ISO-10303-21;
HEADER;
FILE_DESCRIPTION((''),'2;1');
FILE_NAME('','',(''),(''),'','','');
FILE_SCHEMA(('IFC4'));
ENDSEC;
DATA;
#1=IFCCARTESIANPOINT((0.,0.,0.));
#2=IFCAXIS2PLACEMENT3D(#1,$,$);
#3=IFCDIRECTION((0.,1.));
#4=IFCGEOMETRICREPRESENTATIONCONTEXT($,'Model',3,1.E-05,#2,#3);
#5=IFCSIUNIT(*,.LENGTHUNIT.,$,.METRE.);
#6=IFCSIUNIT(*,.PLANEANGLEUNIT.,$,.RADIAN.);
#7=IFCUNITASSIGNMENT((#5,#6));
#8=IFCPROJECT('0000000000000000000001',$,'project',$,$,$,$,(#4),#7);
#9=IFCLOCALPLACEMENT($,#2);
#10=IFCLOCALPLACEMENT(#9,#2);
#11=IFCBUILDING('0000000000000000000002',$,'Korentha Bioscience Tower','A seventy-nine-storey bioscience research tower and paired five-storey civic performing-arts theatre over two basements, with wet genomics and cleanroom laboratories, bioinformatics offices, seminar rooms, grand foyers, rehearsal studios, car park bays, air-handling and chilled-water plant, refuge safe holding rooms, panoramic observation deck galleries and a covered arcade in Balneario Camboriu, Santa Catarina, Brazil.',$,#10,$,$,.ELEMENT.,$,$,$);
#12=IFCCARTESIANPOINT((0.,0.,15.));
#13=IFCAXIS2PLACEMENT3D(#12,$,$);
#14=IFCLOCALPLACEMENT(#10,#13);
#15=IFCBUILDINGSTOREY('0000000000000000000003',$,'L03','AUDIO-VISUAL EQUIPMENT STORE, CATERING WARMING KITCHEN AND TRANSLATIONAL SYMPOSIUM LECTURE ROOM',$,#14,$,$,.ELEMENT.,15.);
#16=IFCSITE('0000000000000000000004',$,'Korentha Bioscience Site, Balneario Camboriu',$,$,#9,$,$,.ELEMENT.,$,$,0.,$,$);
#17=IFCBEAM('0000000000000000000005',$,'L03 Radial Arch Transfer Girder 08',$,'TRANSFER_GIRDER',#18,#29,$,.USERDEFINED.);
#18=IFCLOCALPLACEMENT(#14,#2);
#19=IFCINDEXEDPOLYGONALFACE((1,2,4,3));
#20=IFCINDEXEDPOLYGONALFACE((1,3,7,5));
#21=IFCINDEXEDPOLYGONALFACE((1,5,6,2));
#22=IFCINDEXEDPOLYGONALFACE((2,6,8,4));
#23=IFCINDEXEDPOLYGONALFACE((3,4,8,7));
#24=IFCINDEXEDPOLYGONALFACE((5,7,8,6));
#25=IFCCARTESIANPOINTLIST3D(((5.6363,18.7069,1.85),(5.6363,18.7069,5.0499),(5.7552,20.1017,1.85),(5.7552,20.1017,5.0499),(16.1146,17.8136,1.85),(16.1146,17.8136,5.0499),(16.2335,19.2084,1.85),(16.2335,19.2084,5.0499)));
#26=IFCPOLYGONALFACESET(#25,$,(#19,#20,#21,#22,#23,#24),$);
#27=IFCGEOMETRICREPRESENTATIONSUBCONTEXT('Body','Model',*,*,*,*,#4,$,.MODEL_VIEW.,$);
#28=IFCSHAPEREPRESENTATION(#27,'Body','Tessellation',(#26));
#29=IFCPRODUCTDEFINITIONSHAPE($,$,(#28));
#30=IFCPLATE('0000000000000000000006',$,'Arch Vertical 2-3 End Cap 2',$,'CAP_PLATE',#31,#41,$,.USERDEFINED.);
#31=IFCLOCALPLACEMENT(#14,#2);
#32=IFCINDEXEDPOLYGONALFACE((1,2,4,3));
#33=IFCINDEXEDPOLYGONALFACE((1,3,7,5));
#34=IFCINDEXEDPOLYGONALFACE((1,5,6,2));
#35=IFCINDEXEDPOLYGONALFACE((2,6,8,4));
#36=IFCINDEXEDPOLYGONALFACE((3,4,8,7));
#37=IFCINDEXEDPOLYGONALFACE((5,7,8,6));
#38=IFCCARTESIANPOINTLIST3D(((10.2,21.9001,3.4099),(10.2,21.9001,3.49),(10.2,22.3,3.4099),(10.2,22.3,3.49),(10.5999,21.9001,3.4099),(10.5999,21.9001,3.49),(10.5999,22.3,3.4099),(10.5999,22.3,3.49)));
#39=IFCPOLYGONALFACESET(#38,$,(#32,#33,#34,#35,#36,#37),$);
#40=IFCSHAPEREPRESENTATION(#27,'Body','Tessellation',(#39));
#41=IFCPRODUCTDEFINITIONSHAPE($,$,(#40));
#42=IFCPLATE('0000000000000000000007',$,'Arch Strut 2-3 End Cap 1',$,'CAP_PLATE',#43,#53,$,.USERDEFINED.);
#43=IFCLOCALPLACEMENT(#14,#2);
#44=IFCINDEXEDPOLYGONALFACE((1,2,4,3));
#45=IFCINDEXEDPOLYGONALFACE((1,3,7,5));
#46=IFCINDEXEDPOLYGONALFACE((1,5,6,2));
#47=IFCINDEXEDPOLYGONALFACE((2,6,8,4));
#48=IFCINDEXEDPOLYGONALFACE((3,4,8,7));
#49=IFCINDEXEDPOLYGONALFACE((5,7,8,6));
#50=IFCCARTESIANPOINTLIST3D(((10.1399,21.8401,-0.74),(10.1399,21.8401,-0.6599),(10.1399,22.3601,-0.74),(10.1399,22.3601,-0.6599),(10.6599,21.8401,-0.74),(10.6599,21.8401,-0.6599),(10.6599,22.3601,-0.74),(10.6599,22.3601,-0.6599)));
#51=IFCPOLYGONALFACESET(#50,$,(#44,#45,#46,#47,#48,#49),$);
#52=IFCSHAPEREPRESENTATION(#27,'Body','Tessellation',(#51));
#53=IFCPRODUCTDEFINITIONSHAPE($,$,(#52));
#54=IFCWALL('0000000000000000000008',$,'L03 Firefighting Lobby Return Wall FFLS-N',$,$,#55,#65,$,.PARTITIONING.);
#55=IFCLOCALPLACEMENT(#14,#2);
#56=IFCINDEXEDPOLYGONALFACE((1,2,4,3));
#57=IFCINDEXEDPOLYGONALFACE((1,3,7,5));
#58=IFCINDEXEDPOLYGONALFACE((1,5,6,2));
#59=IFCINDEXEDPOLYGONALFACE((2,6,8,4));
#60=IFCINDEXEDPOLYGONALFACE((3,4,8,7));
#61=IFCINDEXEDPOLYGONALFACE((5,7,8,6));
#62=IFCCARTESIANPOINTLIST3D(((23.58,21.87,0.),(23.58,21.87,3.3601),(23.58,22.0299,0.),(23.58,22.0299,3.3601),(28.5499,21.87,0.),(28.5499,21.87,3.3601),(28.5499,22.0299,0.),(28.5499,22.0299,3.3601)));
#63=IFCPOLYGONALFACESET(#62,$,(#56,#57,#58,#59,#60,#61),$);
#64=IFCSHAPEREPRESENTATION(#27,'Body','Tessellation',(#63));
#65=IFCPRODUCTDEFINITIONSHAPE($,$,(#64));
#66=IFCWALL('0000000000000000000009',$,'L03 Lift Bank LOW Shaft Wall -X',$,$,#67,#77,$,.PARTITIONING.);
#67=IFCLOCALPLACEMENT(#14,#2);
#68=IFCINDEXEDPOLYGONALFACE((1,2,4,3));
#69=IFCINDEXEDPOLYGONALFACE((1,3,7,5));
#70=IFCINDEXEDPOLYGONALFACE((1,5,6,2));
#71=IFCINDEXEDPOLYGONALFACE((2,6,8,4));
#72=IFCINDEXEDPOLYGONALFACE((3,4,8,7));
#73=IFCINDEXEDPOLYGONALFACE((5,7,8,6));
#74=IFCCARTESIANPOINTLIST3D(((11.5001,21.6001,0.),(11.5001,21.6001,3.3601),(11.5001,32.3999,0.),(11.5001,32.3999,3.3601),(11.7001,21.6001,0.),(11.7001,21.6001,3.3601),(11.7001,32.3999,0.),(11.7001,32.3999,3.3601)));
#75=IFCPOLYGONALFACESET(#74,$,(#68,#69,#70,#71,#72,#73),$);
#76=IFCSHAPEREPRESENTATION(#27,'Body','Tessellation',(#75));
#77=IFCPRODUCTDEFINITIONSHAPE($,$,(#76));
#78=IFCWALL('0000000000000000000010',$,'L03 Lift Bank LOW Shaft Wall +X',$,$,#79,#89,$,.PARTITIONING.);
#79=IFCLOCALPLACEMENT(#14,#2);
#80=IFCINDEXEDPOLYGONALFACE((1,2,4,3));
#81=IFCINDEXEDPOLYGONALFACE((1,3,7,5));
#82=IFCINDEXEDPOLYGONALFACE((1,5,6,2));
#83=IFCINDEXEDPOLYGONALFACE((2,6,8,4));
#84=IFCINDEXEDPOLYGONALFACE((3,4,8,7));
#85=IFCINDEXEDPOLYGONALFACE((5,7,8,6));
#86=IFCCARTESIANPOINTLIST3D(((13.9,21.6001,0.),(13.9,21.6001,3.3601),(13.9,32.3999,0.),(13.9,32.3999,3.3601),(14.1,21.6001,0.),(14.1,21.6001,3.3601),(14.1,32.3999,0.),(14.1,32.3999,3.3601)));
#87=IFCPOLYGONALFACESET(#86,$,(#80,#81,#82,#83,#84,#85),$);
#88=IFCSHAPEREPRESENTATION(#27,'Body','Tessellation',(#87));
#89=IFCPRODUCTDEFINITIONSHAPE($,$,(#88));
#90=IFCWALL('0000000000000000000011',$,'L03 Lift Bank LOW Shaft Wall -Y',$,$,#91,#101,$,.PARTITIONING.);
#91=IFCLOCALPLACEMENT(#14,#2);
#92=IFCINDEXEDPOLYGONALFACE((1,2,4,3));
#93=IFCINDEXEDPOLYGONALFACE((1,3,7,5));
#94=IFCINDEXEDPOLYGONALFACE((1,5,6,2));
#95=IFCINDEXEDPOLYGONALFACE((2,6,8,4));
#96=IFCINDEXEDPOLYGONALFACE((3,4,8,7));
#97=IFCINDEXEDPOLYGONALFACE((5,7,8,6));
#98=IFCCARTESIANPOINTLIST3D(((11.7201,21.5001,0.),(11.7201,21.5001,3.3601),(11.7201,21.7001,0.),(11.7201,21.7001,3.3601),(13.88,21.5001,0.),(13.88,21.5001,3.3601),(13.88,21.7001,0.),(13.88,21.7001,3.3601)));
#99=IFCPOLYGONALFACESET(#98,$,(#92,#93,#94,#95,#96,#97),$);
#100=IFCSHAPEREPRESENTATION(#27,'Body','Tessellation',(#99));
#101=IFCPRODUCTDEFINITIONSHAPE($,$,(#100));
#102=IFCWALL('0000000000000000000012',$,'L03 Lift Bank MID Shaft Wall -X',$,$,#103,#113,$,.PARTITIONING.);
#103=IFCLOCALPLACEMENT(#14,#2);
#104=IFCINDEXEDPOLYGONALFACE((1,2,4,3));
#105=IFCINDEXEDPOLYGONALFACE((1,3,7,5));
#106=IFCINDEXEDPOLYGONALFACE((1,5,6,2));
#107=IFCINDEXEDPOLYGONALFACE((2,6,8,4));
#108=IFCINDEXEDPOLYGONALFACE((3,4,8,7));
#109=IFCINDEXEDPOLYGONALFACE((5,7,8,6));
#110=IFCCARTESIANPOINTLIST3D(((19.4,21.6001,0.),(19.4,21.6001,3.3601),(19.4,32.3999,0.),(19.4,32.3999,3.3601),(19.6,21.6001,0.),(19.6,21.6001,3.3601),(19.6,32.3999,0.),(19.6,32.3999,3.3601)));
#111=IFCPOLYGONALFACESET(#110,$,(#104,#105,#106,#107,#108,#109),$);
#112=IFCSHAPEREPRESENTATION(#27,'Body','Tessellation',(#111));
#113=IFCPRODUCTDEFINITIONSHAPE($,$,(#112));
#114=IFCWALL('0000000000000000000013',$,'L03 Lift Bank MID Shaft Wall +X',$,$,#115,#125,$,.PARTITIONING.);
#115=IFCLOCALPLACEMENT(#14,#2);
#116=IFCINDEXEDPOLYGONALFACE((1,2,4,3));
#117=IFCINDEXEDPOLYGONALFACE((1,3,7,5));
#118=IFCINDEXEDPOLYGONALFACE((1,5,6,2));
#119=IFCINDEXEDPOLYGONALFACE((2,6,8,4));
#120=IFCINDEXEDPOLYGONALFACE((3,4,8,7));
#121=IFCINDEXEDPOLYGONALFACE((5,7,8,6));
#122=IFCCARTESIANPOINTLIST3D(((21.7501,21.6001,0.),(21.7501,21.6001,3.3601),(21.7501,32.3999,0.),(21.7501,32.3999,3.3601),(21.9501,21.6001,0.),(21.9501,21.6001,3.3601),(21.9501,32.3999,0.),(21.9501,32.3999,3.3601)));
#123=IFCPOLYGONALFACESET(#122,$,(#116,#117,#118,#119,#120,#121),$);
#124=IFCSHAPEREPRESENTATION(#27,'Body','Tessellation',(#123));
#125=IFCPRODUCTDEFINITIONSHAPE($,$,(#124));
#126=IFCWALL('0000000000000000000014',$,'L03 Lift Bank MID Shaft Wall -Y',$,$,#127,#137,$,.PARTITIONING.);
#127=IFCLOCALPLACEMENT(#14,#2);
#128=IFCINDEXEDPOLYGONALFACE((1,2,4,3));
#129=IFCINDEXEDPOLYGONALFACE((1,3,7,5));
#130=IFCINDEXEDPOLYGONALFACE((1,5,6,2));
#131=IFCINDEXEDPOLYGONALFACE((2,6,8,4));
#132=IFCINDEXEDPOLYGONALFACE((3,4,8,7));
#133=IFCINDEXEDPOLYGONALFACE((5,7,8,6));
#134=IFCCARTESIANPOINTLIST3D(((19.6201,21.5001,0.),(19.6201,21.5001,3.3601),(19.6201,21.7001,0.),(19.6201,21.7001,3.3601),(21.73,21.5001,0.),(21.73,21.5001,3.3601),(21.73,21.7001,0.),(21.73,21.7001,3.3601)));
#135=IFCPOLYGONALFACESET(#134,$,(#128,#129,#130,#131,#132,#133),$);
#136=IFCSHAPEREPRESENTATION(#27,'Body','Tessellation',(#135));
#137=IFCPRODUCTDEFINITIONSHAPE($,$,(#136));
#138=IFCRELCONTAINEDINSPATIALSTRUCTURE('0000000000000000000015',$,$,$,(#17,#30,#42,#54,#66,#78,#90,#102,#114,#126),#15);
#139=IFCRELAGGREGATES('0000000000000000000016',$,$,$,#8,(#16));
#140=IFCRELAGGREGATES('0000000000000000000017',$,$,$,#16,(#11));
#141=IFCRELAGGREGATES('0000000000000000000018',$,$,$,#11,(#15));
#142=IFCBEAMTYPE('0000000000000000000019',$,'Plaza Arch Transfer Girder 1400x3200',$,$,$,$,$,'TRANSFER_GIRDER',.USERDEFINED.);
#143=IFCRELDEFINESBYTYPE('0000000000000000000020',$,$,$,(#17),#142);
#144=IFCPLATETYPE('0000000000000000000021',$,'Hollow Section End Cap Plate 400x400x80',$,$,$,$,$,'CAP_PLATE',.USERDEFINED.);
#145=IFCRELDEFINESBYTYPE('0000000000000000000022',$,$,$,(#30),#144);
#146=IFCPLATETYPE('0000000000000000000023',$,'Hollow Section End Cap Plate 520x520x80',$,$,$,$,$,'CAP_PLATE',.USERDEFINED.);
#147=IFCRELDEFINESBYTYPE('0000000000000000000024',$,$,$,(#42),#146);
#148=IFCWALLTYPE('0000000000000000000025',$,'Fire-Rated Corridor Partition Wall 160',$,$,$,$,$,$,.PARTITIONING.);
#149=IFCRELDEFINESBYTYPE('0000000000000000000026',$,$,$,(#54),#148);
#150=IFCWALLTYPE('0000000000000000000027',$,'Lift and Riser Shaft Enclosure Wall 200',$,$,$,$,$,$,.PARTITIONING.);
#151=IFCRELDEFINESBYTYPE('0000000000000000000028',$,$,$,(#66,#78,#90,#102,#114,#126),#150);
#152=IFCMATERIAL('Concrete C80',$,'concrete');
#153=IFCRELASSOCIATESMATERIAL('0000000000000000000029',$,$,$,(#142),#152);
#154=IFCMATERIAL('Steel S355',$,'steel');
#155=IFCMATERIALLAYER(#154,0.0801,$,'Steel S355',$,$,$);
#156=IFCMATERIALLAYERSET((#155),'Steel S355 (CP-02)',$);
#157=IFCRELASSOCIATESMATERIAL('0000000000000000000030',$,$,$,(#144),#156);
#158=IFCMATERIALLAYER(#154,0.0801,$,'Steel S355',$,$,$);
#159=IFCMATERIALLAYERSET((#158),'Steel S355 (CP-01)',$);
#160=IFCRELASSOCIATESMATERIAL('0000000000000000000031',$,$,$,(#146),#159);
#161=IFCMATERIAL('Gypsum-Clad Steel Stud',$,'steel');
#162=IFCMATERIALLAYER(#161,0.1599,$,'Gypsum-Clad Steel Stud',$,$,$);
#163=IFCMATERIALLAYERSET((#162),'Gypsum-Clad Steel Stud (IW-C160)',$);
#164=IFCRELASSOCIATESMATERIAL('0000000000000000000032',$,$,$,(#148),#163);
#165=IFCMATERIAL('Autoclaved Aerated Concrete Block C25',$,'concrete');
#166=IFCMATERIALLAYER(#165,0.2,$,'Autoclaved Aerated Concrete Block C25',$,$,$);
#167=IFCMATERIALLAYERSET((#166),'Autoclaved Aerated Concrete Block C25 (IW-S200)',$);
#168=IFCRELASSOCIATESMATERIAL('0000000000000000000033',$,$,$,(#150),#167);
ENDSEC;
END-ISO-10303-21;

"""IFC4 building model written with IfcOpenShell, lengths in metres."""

from ifc_helpers import new_model, si_unit, direction, frame, frame_2d, origin, origin_2d, place, context, subcontext, project, spatial, rectangle, extrude, material, layer, layer_set, material_profile, profile_set, type_object, element, save


model = new_model("IFC4")

# Units and contexts
model_context = context("Model", 3, precision=1e-05, world=origin(), true_north=direction((0.0, 1.0)))
body_context = subcontext(model_context, "Body", "Model", "MODEL_VIEW")
ifc_project = project(units=[si_unit("LENGTHUNIT", "METRE"), si_unit("PLANEANGLEUNIT", "RADIAN")], contexts=[model_context])

# Site, building, storey
site_placement = place(None, origin())
site = spatial("IfcSite", under=ifc_project, at=site_placement, Name="Korentha Bioscience Site, Balneario Camboriu", CompositionType="ELEMENT", RefElevation=0.0)
building_placement = place(site_placement, origin())
building = spatial("IfcBuilding", under=site, at=building_placement, Name="Korentha Bioscience Tower", Description="A seventy-nine-storey bioscience research tower and paired five-storey civic performing-arts theatre over two basements, with wet genomics and cleanroom laboratories, bioinformatics offices, seminar rooms, grand foyers, rehearsal studios, car park bays, air-handling and chilled-water plant, refuge safe holding rooms, panoramic observation deck galleries and a covered arcade in Balneario Camboriu, Santa Catarina, Brazil.", CompositionType="ELEMENT")
storey_placement = place(building_placement, frame((0.0, 0.0, 15.0)))
storey = spatial("IfcBuildingStorey", under=building, at=storey_placement, Name="L03", Description="AUDIO-VISUAL EQUIPMENT STORE, CATERING WARMING KITCHEN AND TRANSLATIONAL SYMPOSIUM LECTURE ROOM", CompositionType="ELEMENT", Elevation=15.0)

# Shared definitions
ifc_material_1 = material(Name="Concrete C80", Category="concrete")

# Shared definitions
ifc_material_2 = material(Name="Steel S355", Category="steel")

# Beam
ifc_material_profile_1 = material_profile(ifc_material_1, rectangle(XDim=1.3999, YDim=3.2, at=origin_2d()), Name="Concrete C80")
ifc_profile_set_1 = profile_set([ifc_material_profile_1], Name="Concrete C80 (TG-01)")
beam_type_1 = type_object("IfcBeamType", Name="Plaza Arch Transfer Girder 1400x3200", ElementType="TRANSFER_GIRDER", PredefinedType="USERDEFINED", material=ifc_profile_set_1)
beam_1_placement = place(storey_placement, frame((16.1741, 18.511, 3.45), z_axis=(-0.996386, 0.084945, 0.0), x_axis=(-0.084945, -0.996386, 0.0)))
element("IfcBeam", 1, at=beam_1_placement, inside=storey, type_object=beam_type_1, Name="L03 Radial Arch Transfer Girder 08", ObjectType="TRANSFER_GIRDER", PredefinedType="USERDEFINED", context=body_context, shape_type="SweptSolid", body=[
    extrude(rectangle(XDim=1.3999, YDim=3.2, at=origin_2d()), origin(), (0.0, 0.0, 1.0), 10.5164),
])

# Plates
ifc_layer_1 = layer(ifc_material_2, 0.0801, Name="Steel S355")
ifc_layer_set_1 = layer_set([ifc_layer_1], Name="Steel S355 (CP-02)")
plate_type_1 = type_object("IfcPlateType", Name="Hollow Section End Cap Plate 400x400x80", ElementType="CAP_PLATE", PredefinedType="USERDEFINED", material=ifc_layer_set_1)
plate_1_placement = place(storey_placement, frame((10.3999, 22.1001, 3.4099), z_axis=(0.0, 0.0, 1.0), x_axis=(1.0, 0.0, 0.0)))
element("IfcPlate", 2, at=plate_1_placement, inside=storey, type_object=plate_type_1, Name="Arch Vertical 2-3 End Cap 2", ObjectType="CAP_PLATE", PredefinedType="USERDEFINED", context=body_context, shape_type="SweptSolid", body=[
    extrude(rectangle(XDim=0.3999, YDim=0.3999, at=origin_2d()), origin(), (0.0, 0.0, 1.0), 0.0801),
])
ifc_layer_2 = layer(ifc_material_2, 0.0801, Name="Steel S355")
ifc_layer_set_2 = layer_set([ifc_layer_2], Name="Steel S355 (CP-01)")
plate_type_2 = type_object("IfcPlateType", Name="Hollow Section End Cap Plate 520x520x80", ElementType="CAP_PLATE", PredefinedType="USERDEFINED", material=ifc_layer_set_2)
plate_2_placement = place(storey_placement, frame((10.3999, 22.1001, -0.74), z_axis=(0.0, 0.0, 1.0), x_axis=(0.0, 1.0, 0.0)))
element("IfcPlate", 3, at=plate_2_placement, inside=storey, type_object=plate_type_2, Name="Arch Strut 2-3 End Cap 1", ObjectType="CAP_PLATE", PredefinedType="USERDEFINED", context=body_context, shape_type="SweptSolid", body=[
    extrude(rectangle(XDim=0.52, YDim=0.52, at=origin_2d()), origin(), (0.0, 0.0, 1.0), 0.0801),
])

# Walls
ifc_material_3 = material(Name="Gypsum-Clad Steel Stud", Category="steel")
ifc_layer_3 = layer(ifc_material_3, 0.1599, Name="Gypsum-Clad Steel Stud")
ifc_layer_set_3 = layer_set([ifc_layer_3], Name="Gypsum-Clad Steel Stud (IW-C160)")
wall_type_1 = type_object("IfcWallType", Name="Fire-Rated Corridor Partition Wall 160", PredefinedType="PARTITIONING", material=ifc_layer_set_3)
wall_1_placement = place(storey_placement, frame((23.5801, 21.95, 0.0), z_axis=(0.0, 0.0, 1.0), x_axis=(1.0, 0.0, 0.0)))
element("IfcWall", 4, at=wall_1_placement, inside=storey, type_object=wall_type_1, Name="L03 Firefighting Lobby Return Wall FFLS-N", PredefinedType="PARTITIONING", context=body_context, shape_type="SweptSolid", body=[
    extrude(rectangle(XDim=4.97, YDim=0.1599, at=frame_2d((2.4849, 0.0))), origin(), (0.0, 0.0, 1.0), 3.3601),
])
ifc_material_4 = material(Name="Autoclaved Aerated Concrete Block C25", Category="concrete")
ifc_layer_4 = layer(ifc_material_4, 0.2, Name="Autoclaved Aerated Concrete Block C25")
ifc_layer_set_4 = layer_set([ifc_layer_4], Name="Autoclaved Aerated Concrete Block C25 (IW-S200)")
wall_type_2 = type_object("IfcWallType", Name="Lift and Riser Shaft Enclosure Wall 200", PredefinedType="PARTITIONING", material=ifc_layer_set_4)
for number, where, z_axis, x_axis, name in (
    (5, (11.6001, 21.6001, 0.0), (0.0, 0.0, 1.0), (0.0, 1.0, 0.0), "L03 Lift Bank LOW Shaft Wall -X"),
    (6, (14.0, 21.6001, 0.0), (0.0, 0.0, 1.0), (0.0, 1.0, 0.0), "L03 Lift Bank LOW Shaft Wall +X"),
):
    element("IfcWall", number, at=place(storey_placement, frame(where, z_axis=z_axis, x_axis=x_axis)), inside=storey, type_object=wall_type_2, Name=name, PredefinedType="PARTITIONING", context=body_context, shape_type="SweptSolid", body=[
        extrude(rectangle(XDim=10.7998, YDim=0.2, at=frame_2d((5.3999, 0.0))), origin(), (0.0, 0.0, 1.0), 3.3601),
    ])
wall_2_placement = place(storey_placement, frame((11.72, 21.6001, 0.0), z_axis=(0.0, 0.0, 1.0), x_axis=(1.0, 0.0, 0.0)))
element("IfcWall", 7, at=wall_2_placement, inside=storey, type_object=wall_type_2, Name="L03 Lift Bank LOW Shaft Wall -Y", PredefinedType="PARTITIONING", context=body_context, shape_type="SweptSolid", body=[
    extrude(rectangle(XDim=2.1599, YDim=0.2, at=frame_2d((1.0801, 0.0))), origin(), (0.0, 0.0, 1.0), 3.3601),
])
for number, where, z_axis, x_axis, name in (
    (8, (19.5, 21.6001, 0.0), (0.0, 0.0, 1.0), (0.0, 1.0, 0.0), "L03 Lift Bank MID Shaft Wall -X"),
    (9, (21.8501, 21.6001, 0.0), (0.0, 0.0, 1.0), (0.0, 1.0, 0.0), "L03 Lift Bank MID Shaft Wall +X"),
):
    element("IfcWall", number, at=place(storey_placement, frame(where, z_axis=z_axis, x_axis=x_axis)), inside=storey, type_object=wall_type_2, Name=name, PredefinedType="PARTITIONING", context=body_context, shape_type="SweptSolid", body=[
        extrude(rectangle(XDim=10.7998, YDim=0.2, at=frame_2d((5.3999, 0.0))), origin(), (0.0, 0.0, 1.0), 3.3601),
    ])
wall_3_placement = place(storey_placement, frame((19.6201, 21.6001, 0.0), z_axis=(0.0, 0.0, 1.0), x_axis=(1.0, 0.0, 0.0)))
element("IfcWall", 10, at=wall_3_placement, inside=storey, type_object=wall_type_2, Name="L03 Lift Bank MID Shaft Wall -Y", PredefinedType="PARTITIONING", context=body_context, shape_type="SweptSolid", body=[
    extrude(rectangle(XDim=2.1099, YDim=0.2, at=frame_2d((1.0549, 0.0))), origin(), (0.0, 0.0, 1.0), 3.3601),
])

save(model, "model.ifc")
